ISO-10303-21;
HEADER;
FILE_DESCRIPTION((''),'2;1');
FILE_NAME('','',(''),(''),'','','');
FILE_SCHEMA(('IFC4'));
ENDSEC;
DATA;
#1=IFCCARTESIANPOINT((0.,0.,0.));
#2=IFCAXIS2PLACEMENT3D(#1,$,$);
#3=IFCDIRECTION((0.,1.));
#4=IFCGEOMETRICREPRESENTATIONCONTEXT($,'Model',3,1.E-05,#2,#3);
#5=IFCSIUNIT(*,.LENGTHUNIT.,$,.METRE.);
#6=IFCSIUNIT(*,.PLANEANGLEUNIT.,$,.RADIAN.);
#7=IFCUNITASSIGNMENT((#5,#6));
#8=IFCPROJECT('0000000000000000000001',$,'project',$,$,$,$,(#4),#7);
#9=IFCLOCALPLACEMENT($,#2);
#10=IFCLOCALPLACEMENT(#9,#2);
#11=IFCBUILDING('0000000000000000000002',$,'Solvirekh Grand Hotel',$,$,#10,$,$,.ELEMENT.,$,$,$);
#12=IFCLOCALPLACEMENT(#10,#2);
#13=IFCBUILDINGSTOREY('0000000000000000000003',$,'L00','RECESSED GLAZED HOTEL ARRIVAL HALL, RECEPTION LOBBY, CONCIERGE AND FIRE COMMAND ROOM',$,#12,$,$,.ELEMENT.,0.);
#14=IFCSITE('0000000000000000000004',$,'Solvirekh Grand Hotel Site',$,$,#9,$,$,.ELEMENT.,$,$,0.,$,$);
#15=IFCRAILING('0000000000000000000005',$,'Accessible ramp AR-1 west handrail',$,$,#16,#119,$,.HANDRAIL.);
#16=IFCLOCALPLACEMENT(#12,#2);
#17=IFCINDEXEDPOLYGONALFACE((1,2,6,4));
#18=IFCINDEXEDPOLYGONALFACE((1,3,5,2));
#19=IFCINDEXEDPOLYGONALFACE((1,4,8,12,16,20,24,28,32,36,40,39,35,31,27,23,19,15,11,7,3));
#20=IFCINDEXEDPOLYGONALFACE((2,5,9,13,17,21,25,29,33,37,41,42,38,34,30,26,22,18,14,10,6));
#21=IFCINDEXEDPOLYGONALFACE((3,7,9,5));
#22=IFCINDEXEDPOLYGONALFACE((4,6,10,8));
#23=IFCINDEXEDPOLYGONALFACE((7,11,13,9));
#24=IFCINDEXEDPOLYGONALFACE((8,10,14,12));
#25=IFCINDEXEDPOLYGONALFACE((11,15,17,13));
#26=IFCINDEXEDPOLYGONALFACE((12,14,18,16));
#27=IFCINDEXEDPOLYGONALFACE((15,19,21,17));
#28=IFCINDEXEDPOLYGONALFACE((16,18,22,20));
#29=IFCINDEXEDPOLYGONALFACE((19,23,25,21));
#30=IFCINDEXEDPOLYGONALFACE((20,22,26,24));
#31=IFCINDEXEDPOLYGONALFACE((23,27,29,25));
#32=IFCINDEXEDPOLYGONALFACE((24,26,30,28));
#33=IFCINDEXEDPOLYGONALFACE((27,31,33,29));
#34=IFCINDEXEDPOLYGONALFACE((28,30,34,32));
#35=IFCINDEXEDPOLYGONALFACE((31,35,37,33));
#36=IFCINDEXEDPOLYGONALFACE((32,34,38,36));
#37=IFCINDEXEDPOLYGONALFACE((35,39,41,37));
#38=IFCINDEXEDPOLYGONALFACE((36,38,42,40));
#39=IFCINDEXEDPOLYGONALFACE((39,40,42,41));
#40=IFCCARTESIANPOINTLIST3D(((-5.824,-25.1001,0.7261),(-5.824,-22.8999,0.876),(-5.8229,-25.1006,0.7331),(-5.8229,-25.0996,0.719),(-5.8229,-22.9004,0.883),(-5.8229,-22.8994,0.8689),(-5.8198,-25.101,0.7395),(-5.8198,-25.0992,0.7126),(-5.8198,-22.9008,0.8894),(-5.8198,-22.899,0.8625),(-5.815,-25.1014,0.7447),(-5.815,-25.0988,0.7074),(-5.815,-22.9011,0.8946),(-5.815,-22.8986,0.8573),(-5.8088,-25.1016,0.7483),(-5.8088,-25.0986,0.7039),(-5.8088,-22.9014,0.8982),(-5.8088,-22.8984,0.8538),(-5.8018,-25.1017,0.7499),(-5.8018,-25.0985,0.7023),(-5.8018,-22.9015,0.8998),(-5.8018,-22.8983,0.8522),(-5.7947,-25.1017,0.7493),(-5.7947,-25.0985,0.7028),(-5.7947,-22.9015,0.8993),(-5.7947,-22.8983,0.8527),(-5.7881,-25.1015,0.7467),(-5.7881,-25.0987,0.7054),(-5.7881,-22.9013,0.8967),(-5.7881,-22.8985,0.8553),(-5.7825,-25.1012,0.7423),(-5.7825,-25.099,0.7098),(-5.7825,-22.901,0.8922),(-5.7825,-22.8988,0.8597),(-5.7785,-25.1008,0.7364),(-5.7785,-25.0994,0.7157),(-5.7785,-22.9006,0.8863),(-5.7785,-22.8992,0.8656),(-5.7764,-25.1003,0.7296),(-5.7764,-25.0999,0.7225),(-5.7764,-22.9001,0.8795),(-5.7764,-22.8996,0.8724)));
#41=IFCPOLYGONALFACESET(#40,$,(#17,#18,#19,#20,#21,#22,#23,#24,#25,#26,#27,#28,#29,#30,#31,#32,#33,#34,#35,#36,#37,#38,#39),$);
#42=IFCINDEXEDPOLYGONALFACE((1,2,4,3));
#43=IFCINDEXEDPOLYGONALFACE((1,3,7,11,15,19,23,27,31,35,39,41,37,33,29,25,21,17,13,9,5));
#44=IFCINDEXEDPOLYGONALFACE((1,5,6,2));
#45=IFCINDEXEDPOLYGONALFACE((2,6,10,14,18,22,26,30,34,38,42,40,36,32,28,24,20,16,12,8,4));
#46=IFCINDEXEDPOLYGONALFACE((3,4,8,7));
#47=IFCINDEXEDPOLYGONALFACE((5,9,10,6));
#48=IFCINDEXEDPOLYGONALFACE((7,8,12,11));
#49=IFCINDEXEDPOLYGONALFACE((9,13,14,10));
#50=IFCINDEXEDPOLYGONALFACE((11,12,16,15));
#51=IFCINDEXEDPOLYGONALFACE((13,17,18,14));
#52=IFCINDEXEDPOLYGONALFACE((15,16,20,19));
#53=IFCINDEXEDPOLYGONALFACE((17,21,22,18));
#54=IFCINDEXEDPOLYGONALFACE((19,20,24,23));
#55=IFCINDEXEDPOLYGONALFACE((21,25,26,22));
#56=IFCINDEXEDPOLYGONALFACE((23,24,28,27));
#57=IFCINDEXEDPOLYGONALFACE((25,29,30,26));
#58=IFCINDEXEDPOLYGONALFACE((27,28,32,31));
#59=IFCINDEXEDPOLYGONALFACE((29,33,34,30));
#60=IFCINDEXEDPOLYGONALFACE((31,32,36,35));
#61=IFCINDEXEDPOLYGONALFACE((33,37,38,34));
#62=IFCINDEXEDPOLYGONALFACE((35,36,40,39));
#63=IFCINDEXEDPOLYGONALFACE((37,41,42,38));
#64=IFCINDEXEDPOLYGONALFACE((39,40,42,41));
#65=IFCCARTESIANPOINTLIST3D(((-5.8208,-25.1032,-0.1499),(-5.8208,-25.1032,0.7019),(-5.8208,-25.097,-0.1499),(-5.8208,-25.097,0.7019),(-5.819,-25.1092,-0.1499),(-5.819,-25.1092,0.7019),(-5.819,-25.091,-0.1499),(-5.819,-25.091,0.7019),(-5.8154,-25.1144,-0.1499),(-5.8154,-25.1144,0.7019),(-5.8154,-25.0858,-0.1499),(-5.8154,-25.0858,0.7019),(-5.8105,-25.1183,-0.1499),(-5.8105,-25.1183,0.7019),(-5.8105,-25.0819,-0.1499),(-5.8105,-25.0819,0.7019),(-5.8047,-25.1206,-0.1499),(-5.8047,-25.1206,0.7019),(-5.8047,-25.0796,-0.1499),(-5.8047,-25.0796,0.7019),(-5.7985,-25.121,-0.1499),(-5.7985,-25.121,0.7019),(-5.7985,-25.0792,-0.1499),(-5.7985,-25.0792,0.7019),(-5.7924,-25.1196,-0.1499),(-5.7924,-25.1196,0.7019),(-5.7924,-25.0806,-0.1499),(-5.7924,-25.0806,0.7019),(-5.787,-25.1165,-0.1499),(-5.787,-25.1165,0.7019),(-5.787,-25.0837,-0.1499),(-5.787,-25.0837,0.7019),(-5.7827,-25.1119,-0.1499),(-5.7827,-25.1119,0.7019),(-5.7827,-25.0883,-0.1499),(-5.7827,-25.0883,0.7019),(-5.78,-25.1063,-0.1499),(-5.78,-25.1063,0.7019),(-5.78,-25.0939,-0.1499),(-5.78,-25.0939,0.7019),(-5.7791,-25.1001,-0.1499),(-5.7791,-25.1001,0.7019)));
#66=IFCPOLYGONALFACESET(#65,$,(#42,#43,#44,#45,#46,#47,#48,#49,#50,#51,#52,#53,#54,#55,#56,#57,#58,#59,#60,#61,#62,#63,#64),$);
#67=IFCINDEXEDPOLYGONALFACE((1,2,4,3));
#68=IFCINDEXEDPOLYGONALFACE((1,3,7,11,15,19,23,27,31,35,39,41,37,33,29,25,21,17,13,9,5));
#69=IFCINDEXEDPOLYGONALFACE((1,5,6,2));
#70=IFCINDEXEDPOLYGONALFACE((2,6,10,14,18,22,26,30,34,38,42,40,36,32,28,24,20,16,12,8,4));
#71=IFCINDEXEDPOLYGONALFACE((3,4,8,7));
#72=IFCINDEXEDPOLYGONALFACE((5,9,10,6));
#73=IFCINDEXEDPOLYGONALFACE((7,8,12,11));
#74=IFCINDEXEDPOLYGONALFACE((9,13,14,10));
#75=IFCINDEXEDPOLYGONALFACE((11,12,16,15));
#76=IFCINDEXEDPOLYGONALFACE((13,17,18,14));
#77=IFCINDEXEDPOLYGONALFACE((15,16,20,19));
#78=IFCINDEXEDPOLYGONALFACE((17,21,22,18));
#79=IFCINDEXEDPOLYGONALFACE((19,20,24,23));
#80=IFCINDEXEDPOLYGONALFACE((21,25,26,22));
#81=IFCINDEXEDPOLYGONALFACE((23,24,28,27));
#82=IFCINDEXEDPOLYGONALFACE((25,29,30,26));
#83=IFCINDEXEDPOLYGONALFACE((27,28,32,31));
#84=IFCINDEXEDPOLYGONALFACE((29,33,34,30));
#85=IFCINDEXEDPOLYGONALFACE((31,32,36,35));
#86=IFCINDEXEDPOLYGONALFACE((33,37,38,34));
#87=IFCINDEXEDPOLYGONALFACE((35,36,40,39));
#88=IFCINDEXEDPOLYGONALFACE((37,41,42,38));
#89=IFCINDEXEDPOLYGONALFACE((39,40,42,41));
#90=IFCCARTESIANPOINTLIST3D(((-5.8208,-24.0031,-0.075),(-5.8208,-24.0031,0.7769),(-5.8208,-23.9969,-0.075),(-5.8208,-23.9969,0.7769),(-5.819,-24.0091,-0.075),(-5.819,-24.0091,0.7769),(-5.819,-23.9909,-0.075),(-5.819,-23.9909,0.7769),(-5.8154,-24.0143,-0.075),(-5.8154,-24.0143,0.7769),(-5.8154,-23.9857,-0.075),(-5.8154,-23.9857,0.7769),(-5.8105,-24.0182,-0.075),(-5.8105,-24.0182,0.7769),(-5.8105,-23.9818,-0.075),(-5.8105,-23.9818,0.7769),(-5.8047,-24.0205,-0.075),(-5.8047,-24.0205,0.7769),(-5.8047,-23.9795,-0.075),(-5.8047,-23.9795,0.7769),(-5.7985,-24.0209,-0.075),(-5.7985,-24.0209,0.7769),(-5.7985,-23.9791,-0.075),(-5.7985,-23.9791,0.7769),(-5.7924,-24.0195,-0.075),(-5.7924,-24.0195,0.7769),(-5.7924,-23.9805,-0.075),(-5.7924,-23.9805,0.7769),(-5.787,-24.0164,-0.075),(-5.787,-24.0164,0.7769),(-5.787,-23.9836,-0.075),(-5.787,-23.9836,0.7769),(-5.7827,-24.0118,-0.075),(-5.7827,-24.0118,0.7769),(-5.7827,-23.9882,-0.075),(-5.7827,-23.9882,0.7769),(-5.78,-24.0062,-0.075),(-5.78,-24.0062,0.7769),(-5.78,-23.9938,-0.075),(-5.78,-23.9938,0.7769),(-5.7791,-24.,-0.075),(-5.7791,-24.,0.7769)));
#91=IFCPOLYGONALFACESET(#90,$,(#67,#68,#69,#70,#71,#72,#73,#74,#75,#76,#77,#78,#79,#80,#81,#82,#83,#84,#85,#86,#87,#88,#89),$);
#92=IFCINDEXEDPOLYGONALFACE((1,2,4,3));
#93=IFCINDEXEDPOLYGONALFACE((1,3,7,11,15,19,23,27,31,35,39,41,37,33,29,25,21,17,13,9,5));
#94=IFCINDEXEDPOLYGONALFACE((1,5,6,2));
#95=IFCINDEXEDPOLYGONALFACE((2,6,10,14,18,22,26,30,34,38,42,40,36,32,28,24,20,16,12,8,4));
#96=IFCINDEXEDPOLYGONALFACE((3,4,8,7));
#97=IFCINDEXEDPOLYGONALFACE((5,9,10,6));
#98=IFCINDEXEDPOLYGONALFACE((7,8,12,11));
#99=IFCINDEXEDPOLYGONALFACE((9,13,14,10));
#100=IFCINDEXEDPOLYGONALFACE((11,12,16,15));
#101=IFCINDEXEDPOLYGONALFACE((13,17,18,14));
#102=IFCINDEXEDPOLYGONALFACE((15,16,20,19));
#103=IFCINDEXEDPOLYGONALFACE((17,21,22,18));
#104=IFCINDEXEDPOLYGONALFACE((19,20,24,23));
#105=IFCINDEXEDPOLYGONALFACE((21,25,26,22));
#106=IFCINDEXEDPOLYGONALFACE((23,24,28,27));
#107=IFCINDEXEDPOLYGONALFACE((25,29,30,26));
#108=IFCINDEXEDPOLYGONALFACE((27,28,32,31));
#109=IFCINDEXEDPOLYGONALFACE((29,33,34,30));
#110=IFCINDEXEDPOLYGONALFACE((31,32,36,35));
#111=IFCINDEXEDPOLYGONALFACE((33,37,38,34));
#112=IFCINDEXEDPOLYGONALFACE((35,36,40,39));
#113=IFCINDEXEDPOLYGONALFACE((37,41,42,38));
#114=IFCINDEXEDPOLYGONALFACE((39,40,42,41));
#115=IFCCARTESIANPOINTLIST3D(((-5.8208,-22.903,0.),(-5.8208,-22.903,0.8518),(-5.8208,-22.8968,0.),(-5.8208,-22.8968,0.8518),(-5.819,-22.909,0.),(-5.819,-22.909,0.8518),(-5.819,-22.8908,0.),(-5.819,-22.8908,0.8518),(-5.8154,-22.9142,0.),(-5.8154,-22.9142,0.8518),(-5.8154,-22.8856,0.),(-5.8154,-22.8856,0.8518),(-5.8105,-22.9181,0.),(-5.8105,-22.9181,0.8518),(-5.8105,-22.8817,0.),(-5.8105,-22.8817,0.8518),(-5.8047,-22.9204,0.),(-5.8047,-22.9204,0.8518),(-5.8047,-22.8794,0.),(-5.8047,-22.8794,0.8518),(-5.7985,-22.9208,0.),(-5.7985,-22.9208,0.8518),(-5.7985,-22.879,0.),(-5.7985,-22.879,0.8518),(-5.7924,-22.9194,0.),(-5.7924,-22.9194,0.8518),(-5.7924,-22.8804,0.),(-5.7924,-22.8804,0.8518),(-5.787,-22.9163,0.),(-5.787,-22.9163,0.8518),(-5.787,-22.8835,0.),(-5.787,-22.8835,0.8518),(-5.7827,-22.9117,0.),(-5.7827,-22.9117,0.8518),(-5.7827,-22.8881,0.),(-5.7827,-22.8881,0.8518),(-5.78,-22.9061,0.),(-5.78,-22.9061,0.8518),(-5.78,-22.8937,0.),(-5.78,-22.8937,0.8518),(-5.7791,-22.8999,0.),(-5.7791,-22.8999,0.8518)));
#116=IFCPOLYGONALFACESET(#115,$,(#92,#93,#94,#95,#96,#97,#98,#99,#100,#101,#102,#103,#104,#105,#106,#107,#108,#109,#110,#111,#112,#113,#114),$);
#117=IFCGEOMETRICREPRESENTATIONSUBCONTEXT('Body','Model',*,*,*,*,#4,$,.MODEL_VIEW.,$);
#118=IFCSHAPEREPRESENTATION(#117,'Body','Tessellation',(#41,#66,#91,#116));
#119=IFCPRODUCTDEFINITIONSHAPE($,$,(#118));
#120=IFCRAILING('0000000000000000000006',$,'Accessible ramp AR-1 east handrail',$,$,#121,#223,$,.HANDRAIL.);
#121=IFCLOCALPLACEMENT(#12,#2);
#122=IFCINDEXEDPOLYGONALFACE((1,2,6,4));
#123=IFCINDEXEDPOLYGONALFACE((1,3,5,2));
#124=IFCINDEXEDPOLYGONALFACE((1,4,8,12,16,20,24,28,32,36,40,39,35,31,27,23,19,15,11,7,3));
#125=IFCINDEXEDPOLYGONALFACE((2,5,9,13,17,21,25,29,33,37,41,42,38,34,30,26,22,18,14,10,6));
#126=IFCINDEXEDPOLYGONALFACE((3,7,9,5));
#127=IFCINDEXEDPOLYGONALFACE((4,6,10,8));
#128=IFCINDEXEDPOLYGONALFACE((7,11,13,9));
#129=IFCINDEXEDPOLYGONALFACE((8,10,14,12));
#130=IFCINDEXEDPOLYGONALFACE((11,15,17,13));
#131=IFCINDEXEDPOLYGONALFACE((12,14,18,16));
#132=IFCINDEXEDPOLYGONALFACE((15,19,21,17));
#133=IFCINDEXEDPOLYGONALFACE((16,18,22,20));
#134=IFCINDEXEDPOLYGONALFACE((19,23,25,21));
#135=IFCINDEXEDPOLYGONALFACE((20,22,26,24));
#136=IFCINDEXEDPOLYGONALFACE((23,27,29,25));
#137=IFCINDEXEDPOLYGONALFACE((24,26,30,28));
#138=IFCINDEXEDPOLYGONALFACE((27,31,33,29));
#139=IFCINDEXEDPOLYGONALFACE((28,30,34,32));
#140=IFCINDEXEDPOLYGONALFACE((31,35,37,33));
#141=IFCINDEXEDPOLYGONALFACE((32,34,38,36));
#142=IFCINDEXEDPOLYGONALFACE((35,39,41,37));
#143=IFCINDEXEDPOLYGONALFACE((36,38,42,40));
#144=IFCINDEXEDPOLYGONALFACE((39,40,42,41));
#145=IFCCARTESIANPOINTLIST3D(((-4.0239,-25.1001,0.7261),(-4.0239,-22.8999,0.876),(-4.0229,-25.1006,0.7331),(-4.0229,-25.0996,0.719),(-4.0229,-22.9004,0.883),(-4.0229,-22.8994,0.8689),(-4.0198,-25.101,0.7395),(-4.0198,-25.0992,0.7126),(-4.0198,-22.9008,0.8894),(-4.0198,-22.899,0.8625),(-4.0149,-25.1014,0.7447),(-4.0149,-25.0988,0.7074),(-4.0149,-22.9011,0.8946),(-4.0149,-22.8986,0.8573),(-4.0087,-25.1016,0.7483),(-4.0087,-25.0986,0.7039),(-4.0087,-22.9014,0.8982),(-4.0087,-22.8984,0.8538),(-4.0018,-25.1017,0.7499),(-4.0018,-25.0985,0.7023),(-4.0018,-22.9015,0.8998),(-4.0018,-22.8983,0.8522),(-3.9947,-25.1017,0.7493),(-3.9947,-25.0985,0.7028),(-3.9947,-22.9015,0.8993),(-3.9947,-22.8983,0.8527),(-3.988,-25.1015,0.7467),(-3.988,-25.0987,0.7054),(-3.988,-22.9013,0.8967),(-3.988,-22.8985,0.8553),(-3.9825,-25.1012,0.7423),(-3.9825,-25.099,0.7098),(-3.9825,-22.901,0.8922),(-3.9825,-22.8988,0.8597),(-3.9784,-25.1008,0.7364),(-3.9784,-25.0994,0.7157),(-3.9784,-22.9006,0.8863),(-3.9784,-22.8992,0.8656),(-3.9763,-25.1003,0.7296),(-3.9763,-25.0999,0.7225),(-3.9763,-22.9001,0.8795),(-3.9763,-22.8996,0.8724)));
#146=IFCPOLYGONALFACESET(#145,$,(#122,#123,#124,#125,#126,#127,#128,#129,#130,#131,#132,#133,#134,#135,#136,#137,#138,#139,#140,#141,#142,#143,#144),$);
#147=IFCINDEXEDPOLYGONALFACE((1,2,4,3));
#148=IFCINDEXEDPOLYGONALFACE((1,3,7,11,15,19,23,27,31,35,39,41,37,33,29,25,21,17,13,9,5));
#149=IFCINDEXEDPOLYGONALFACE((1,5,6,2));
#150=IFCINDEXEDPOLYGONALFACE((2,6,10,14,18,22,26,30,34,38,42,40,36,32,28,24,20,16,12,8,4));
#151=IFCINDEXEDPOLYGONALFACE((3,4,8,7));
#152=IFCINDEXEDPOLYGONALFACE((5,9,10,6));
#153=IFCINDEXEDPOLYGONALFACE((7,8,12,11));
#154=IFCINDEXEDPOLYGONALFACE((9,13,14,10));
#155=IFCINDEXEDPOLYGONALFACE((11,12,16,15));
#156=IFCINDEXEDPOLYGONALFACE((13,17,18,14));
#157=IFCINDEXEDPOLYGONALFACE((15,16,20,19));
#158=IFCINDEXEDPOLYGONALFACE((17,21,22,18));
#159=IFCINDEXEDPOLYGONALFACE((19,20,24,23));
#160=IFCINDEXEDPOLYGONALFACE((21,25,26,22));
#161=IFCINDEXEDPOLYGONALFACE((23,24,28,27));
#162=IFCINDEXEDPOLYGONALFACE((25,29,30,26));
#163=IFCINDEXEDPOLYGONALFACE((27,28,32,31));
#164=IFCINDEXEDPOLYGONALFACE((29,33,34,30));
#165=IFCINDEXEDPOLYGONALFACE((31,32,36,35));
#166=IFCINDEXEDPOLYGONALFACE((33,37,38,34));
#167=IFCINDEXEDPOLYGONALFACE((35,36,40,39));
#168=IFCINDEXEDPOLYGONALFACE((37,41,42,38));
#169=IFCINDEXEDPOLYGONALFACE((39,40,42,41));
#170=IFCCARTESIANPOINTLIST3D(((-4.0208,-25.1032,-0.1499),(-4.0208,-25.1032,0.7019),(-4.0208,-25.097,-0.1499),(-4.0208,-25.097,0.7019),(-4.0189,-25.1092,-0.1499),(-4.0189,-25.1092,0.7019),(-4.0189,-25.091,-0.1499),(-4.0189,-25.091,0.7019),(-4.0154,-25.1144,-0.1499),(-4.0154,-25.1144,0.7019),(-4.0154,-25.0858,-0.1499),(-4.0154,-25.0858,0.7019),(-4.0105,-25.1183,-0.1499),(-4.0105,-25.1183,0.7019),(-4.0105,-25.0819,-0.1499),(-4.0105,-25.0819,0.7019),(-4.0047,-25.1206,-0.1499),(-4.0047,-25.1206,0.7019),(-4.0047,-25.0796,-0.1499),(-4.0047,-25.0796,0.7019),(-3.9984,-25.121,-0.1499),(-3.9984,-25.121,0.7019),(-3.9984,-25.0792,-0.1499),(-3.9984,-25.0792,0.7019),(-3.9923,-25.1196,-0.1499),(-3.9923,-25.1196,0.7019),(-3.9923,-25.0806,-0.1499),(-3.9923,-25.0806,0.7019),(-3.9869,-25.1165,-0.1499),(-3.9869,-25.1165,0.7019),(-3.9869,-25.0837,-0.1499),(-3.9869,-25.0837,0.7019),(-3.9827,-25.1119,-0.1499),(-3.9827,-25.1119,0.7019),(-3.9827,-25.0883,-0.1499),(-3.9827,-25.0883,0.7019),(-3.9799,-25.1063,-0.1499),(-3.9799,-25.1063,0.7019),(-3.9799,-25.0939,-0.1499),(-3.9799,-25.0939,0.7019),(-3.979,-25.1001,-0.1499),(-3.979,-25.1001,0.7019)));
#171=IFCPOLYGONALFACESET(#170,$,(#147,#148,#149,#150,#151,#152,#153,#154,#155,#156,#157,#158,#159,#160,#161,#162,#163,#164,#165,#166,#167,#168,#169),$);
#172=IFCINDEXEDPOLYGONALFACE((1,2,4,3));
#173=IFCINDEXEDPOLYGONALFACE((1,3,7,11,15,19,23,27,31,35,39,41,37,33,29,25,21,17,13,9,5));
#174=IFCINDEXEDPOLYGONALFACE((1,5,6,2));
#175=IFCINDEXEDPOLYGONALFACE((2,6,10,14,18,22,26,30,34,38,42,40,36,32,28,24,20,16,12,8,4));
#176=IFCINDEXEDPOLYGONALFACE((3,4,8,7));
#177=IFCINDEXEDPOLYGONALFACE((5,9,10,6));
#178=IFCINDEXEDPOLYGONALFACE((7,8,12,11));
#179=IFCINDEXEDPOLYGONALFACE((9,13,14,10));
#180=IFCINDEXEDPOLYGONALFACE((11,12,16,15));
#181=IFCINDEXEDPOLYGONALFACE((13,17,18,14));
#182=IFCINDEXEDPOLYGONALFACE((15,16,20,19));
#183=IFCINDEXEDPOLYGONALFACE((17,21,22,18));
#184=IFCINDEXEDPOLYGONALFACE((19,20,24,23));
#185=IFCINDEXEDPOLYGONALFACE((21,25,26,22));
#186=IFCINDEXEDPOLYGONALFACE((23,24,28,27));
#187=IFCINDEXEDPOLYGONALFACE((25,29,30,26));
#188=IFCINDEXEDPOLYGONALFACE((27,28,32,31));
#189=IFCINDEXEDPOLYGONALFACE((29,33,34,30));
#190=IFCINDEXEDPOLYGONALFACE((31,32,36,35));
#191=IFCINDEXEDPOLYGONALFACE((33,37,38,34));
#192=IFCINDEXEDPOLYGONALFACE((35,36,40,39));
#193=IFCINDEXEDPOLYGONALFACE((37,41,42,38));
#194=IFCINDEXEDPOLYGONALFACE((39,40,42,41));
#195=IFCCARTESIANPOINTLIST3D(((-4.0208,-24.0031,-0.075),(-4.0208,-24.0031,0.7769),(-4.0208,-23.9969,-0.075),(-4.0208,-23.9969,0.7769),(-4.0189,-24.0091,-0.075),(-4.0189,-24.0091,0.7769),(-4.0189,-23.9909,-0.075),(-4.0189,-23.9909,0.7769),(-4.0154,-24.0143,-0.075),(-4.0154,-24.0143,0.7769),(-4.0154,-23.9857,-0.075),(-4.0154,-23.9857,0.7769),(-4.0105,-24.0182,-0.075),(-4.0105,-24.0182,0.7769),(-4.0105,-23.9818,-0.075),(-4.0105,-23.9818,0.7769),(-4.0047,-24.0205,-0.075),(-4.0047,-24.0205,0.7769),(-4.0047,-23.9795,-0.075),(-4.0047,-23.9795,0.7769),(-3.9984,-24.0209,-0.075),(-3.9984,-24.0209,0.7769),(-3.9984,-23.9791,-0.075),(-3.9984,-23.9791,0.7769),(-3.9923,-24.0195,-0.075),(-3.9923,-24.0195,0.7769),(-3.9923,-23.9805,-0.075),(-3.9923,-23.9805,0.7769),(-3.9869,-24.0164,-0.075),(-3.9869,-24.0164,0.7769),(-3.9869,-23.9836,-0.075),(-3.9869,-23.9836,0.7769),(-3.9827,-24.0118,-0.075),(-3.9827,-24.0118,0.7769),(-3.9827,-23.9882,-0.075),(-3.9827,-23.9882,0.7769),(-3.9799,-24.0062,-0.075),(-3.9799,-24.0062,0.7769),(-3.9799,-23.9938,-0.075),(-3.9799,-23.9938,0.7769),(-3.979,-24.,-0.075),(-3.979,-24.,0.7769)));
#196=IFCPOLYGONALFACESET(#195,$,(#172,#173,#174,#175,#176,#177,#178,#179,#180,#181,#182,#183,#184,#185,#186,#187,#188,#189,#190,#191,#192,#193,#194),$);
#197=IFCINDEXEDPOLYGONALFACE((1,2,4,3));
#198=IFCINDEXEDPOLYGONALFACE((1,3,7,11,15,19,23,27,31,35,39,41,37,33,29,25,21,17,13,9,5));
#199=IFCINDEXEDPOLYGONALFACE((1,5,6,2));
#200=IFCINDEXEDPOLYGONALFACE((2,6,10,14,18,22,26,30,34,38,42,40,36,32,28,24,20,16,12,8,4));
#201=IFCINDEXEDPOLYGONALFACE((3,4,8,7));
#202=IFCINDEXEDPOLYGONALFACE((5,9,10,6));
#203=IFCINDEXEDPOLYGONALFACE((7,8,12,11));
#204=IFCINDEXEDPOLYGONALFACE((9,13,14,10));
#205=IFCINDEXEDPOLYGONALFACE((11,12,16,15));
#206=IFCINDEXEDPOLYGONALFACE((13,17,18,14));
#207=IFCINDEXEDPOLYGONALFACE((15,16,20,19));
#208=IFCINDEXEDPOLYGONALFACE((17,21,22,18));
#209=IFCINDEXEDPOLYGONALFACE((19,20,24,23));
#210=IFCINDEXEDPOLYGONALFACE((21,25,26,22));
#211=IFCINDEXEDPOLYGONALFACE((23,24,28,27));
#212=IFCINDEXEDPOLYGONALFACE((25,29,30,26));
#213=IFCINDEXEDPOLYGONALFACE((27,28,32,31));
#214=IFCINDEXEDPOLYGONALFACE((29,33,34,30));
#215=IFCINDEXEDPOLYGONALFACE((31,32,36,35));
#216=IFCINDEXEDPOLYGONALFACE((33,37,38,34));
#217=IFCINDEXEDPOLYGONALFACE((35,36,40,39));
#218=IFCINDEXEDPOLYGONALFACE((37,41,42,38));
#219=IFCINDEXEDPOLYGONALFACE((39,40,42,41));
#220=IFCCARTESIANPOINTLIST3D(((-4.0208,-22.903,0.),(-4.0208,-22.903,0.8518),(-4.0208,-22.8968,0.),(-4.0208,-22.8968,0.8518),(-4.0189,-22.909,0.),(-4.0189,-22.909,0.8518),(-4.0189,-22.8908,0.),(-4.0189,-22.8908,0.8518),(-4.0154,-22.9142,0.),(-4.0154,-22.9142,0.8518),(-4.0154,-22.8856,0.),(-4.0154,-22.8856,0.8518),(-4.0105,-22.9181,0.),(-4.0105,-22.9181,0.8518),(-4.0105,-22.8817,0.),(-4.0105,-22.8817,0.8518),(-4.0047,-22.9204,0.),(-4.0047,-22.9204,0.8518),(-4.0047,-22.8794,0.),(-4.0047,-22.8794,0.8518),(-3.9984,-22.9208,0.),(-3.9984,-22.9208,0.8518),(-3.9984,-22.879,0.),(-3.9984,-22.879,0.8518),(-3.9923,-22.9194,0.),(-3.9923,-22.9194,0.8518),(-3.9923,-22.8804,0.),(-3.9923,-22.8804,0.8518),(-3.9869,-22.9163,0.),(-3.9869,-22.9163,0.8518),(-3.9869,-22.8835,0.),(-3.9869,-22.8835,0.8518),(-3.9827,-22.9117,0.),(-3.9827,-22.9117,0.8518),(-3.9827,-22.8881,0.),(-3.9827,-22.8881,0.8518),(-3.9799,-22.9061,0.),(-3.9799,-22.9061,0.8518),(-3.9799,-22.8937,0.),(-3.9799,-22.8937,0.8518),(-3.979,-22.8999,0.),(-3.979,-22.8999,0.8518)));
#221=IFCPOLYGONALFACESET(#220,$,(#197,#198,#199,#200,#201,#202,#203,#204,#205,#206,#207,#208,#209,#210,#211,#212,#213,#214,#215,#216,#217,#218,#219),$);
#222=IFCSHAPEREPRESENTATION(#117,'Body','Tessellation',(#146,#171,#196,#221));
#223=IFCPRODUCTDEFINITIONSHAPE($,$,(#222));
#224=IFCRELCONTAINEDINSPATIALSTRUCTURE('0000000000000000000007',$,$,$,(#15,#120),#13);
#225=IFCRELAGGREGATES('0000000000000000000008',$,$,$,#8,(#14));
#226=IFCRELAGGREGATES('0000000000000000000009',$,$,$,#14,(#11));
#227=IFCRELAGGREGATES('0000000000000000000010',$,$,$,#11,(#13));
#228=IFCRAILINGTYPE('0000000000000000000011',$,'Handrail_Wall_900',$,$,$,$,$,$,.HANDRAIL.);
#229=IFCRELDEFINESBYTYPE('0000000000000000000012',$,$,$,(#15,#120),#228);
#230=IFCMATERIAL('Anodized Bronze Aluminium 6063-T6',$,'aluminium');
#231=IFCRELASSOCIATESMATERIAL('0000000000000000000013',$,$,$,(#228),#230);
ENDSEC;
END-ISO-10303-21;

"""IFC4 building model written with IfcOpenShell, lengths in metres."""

from ifc_helpers import new_model, si_unit, direction, frame, origin, origin_2d, place, context, subcontext, project, spatial, circle, extrude, material, type_object, element, save


model = new_model("IFC4")

# Units and contexts
model_context = context("Model", 3, precision=1e-05, world=origin(), true_north=direction((0.0, 1.0)))
body_context = subcontext(model_context, "Body", "Model", "MODEL_VIEW")
ifc_project = project(units=[si_unit("LENGTHUNIT", "METRE"), si_unit("PLANEANGLEUNIT", "RADIAN")], contexts=[model_context])

# Site, building, storey
site_placement = place(None, origin())
site = spatial("IfcSite", under=ifc_project, at=site_placement, Name="Solvirekh Grand Hotel Site", CompositionType="ELEMENT", RefElevation=0.0)
building_placement = place(site_placement, origin())
building = spatial("IfcBuilding", under=site, at=building_placement, Name="Solvirekh Grand Hotel", CompositionType="ELEMENT")
storey_placement = place(building_placement, origin())
storey = spatial("IfcBuildingStorey", under=building, at=storey_placement, Name="L00", Description="RECESSED GLAZED HOTEL ARRIVAL HALL, RECEPTION LOBBY, CONCIERGE AND FIRE COMMAND ROOM", CompositionType="ELEMENT", Elevation=0.0)

# Shared definitions
ifc_material_1 = material(Name="Anodized Bronze Aluminium 6063-T6", Category="aluminium")

# Railings
railing_type = type_object("IfcRailingType", Name="Handrail_Wall_900", PredefinedType="HANDRAIL", material=ifc_material_1)
for number, where, name in (
    (1, (-5.8, -25.1001, -0.1499), "Accessible ramp AR-1 west handrail"),
    (2, (-4.0, -25.1001, -0.1499), "Accessible ramp AR-1 east handrail"),
):
    element("IfcRailing", number, at=place(storey_placement, frame(where)), inside=storey, type_object=railing_type, Name=name, PredefinedType="HANDRAIL", context=body_context, shape_type="SweptSolid", body=[
        extrude(circle(Radius=0.0239, at=origin_2d()), frame((0.0, 0.0, 0.876), z_axis=(0.0, 0.997687, 0.067974), x_axis=(-1.0, 0.0, 0.0)), (0.0, 0.0, 1.0), 2.2053),
        extrude(circle(Radius=0.021, at=origin_2d()), origin(), (0.0, 0.0, 1.0), 0.8518),
        extrude(circle(Radius=0.021, at=origin_2d()), frame((0.0, 1.1001, 0.075)), (0.0, 0.0, 1.0), 0.8518),
        extrude(circle(Radius=0.021, at=origin_2d()), frame((0.0, 2.2002, 0.1499)), (0.0, 0.0, 1.0), 0.8518),
    ])

save(model, "model.ifc")
